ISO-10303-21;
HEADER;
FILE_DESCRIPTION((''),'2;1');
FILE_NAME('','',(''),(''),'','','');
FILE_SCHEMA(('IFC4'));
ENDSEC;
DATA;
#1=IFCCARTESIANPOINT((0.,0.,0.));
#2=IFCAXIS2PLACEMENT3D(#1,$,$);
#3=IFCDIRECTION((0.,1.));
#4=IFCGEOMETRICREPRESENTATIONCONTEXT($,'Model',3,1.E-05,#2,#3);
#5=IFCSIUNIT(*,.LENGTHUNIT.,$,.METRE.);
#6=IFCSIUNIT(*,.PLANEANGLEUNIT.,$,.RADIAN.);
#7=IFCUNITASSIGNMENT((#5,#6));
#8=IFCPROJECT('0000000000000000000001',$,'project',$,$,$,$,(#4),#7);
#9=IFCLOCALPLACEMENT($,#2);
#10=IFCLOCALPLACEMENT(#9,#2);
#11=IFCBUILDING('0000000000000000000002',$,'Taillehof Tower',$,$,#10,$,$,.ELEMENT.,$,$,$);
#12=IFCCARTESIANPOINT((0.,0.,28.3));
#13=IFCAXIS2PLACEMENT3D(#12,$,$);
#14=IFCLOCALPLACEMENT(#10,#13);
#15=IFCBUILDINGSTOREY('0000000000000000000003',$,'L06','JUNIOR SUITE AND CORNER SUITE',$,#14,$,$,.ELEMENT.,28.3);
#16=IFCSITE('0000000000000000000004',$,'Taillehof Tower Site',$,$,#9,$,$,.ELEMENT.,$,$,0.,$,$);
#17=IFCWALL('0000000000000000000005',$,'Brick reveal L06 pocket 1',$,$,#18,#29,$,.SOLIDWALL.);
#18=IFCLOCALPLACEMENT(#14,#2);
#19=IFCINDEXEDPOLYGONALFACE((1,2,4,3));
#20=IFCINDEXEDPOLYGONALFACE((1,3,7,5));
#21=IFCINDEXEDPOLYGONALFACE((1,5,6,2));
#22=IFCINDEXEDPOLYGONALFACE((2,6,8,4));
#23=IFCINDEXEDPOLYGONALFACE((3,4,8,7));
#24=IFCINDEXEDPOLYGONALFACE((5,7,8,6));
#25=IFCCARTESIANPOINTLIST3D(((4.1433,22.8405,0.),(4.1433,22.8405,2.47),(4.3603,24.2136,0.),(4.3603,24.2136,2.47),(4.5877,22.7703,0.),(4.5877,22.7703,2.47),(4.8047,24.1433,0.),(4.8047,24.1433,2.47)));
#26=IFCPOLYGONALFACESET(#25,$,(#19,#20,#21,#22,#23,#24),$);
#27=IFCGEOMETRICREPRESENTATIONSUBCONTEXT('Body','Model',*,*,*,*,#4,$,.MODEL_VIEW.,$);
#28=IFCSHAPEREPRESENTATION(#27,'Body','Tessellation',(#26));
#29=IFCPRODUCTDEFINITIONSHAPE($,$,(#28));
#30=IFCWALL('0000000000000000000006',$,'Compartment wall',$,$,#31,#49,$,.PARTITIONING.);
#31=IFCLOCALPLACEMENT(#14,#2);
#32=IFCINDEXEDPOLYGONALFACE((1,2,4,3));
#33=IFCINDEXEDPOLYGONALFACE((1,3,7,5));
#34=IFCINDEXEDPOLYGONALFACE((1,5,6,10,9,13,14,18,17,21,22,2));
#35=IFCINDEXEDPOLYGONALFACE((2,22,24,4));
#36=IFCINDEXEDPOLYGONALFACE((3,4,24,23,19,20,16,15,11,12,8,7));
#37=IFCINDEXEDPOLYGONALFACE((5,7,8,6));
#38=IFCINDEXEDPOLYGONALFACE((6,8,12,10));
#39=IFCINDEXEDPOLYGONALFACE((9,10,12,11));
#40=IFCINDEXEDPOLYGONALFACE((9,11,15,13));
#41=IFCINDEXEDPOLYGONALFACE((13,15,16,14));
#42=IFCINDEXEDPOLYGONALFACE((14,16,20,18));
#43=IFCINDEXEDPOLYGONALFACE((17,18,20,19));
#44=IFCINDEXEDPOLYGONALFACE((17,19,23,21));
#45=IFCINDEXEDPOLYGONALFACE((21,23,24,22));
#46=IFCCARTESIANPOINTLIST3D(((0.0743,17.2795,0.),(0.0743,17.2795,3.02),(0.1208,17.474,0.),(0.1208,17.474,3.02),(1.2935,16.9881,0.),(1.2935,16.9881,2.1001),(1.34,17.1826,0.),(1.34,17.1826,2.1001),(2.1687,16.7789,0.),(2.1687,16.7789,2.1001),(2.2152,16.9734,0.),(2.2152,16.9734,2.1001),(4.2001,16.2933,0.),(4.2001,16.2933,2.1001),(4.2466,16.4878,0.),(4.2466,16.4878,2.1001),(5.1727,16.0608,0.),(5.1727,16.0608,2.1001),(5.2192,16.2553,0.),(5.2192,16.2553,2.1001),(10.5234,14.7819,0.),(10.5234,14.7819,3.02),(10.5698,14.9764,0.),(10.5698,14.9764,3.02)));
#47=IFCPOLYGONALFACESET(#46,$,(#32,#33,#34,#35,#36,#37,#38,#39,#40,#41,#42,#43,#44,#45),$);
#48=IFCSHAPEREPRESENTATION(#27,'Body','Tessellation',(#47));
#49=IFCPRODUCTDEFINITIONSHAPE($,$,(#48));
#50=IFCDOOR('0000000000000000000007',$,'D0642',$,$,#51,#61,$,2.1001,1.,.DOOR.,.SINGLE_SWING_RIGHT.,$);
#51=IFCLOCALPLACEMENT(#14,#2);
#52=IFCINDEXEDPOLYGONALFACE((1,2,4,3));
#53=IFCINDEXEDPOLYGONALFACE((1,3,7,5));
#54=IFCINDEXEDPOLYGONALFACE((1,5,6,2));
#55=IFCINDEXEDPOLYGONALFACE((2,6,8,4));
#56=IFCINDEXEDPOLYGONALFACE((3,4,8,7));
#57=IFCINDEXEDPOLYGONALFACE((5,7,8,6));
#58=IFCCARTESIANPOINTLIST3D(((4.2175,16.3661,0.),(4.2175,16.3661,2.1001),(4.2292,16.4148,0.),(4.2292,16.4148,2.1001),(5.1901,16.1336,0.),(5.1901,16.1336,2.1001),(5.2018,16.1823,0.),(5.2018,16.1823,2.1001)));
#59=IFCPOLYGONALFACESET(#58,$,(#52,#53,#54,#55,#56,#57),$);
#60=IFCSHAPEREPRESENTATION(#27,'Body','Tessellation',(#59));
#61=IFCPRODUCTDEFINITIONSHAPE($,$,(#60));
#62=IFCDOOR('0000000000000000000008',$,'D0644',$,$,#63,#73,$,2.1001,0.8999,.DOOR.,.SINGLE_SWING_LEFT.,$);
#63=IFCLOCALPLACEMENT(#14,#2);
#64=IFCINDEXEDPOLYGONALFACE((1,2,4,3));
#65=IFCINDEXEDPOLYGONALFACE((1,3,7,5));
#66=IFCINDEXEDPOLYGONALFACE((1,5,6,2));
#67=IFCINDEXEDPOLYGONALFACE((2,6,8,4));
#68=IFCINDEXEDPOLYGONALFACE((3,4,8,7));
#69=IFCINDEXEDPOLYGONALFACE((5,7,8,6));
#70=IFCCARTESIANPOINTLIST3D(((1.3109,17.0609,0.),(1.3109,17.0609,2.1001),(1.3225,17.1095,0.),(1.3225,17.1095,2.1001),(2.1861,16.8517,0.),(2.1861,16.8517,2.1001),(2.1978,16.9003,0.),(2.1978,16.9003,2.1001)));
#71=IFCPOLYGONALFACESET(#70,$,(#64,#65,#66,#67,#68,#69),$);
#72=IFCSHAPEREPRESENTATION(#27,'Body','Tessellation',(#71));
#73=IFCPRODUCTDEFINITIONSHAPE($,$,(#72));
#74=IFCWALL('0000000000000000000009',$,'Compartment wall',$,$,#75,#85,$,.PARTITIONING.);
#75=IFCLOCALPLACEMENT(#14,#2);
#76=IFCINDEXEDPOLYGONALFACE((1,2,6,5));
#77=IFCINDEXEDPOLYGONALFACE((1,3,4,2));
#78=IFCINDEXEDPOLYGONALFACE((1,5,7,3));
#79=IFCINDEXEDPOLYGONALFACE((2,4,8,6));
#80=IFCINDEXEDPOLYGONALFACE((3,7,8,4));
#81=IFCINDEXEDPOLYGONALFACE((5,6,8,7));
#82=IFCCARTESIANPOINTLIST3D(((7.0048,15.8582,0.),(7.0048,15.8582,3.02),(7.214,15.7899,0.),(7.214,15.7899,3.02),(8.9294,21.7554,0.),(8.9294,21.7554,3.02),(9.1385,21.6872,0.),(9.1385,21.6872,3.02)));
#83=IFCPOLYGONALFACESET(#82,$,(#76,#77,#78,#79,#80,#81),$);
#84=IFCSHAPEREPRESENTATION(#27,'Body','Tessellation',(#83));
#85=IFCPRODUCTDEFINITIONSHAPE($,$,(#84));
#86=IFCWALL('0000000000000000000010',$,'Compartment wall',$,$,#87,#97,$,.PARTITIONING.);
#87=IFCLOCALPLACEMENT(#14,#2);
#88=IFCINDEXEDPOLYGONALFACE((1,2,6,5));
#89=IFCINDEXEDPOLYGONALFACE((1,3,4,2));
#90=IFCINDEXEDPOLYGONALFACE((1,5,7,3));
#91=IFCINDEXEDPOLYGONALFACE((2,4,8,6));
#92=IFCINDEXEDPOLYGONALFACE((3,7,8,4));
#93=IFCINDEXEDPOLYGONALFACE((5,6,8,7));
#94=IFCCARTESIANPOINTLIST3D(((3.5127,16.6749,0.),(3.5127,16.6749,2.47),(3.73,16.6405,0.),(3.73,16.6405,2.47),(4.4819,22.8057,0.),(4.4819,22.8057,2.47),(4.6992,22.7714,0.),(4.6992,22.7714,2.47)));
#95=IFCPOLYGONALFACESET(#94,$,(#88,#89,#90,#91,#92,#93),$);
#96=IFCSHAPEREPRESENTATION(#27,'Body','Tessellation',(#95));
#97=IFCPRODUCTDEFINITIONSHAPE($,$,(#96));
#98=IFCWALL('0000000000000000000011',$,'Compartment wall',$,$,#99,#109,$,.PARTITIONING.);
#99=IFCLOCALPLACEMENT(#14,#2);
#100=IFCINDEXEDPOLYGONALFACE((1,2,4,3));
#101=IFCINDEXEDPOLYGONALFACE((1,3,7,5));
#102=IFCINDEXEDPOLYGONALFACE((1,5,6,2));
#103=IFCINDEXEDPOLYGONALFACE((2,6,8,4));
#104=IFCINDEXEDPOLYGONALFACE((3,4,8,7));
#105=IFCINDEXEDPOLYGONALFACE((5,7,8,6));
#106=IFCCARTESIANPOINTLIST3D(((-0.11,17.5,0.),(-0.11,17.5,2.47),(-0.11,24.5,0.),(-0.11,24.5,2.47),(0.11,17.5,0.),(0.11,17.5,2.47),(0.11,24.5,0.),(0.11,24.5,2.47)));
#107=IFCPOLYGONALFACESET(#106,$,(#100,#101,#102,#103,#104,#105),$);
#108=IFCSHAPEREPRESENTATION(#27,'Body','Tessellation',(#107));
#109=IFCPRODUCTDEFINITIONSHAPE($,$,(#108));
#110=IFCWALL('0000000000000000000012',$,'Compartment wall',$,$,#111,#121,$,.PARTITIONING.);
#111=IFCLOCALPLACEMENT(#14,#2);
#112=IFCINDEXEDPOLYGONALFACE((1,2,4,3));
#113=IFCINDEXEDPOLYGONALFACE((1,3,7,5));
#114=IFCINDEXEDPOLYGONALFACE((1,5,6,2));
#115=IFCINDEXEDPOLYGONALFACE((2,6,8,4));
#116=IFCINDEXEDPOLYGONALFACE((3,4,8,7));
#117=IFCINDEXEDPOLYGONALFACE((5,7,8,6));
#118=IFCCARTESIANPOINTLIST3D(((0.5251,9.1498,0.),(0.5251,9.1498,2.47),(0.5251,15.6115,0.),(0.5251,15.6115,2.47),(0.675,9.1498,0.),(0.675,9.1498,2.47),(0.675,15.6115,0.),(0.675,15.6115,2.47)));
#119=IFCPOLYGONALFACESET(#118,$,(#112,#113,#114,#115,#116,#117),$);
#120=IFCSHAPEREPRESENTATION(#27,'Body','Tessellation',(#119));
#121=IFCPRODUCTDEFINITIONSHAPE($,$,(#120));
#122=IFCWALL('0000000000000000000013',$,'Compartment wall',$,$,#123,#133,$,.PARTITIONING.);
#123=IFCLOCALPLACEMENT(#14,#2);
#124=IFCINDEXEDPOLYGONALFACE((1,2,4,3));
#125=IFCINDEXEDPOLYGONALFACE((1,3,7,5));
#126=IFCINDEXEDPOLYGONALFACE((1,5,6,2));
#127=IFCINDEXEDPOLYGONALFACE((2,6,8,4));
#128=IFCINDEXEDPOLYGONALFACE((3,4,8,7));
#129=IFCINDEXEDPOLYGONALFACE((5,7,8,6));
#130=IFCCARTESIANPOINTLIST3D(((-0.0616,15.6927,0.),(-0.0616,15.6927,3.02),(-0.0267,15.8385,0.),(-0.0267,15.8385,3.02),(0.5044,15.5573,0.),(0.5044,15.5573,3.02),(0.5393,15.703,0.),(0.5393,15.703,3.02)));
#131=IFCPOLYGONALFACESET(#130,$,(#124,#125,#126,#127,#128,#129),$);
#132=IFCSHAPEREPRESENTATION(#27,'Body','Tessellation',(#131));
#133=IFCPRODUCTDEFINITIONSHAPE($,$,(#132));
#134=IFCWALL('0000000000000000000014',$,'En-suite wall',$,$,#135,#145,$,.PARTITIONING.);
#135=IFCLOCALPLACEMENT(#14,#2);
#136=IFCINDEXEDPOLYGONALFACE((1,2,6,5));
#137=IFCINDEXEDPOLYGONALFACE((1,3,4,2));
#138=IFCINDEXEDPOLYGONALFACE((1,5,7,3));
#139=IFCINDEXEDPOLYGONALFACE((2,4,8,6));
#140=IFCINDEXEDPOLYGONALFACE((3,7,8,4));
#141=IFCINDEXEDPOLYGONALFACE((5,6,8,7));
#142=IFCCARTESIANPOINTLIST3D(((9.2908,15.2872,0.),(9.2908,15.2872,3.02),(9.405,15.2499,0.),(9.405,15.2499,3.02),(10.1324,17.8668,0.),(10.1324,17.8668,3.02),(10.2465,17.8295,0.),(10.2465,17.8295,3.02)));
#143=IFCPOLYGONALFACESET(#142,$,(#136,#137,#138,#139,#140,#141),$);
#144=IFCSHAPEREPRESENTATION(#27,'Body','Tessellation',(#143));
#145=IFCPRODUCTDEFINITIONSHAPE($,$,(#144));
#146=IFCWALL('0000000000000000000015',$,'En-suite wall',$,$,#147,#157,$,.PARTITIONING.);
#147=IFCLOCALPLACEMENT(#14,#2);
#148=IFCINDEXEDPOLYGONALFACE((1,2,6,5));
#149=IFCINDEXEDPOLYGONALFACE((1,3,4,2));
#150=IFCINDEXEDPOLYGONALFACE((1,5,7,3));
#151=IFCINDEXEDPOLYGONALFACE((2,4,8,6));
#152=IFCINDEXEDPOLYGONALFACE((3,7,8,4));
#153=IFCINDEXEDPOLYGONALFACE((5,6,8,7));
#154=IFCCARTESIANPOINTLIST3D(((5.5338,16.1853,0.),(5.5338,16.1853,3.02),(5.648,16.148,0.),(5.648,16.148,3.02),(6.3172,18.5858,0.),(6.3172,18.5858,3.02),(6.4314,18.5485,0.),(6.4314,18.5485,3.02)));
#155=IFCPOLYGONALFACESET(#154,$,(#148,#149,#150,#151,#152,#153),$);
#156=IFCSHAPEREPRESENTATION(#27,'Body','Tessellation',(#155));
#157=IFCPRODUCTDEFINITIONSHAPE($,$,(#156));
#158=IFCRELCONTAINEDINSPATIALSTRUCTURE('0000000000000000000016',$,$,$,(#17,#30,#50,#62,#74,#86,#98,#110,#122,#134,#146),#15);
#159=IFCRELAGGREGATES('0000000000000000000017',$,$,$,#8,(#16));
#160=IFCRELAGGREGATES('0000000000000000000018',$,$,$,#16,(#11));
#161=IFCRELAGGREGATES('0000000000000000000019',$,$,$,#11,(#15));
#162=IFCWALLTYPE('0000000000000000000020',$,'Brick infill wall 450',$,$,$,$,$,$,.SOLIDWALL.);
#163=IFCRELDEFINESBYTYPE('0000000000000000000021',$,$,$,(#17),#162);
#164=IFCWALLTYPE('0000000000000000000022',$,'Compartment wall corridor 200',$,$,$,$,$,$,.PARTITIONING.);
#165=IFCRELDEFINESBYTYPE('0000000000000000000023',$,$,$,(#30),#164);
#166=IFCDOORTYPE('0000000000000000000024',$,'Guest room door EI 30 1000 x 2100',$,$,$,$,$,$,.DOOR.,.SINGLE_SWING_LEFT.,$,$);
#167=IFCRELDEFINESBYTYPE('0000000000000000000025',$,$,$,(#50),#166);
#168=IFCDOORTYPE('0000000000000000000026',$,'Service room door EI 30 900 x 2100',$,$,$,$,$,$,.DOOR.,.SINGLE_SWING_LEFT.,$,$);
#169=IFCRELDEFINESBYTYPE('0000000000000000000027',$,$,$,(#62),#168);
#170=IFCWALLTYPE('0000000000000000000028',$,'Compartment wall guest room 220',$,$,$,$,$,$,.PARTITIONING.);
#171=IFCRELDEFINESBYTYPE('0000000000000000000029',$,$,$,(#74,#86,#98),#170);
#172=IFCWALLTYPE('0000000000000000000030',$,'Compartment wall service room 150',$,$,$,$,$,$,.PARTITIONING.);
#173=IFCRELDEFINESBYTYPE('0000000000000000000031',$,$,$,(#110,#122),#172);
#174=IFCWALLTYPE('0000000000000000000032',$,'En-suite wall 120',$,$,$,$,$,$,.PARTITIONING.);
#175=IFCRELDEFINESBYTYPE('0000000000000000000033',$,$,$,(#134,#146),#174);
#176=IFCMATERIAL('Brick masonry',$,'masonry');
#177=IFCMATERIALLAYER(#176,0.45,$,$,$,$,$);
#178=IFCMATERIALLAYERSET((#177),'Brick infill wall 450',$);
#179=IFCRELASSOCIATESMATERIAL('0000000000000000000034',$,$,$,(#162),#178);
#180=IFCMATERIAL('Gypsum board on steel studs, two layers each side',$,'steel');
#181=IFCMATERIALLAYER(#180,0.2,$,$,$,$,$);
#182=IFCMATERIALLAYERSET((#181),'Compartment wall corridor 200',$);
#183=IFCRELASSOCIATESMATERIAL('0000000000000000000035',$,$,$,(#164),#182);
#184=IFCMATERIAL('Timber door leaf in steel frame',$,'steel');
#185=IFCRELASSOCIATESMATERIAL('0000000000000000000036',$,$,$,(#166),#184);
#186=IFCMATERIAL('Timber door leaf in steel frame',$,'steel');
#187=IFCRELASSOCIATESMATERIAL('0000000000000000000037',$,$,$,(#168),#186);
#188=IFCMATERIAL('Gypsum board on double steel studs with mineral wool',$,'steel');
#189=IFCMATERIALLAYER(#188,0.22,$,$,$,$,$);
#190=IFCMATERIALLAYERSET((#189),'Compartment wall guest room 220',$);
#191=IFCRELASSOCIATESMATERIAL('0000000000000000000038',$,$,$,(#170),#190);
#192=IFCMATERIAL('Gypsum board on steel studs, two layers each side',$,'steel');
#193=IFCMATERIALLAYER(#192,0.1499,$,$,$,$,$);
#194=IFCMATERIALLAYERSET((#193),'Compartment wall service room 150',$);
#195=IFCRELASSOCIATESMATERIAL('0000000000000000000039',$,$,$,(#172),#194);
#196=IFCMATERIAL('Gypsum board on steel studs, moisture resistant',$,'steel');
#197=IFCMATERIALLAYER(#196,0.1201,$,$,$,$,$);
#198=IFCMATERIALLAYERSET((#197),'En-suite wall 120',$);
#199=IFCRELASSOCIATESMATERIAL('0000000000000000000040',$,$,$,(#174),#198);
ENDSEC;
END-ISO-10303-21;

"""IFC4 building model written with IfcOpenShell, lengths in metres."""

from ifc_helpers import new_model, si_unit, direction, frame, frame_2d, origin, place, context, subcontext, project, spatial, rectangle, extrude, material, layer, layer_set, type_object, element, fill, save


model = new_model("IFC4")

# Units and contexts
model_context = context("Model", 3, precision=1e-05, world=origin(), true_north=direction((0.0, 1.0)))
body_context = subcontext(model_context, "Body", "Model", "MODEL_VIEW")
ifc_project = project(units=[si_unit("LENGTHUNIT", "METRE"), si_unit("PLANEANGLEUNIT", "RADIAN")], contexts=[model_context])

# Site, building, storey
site_placement = place(None, origin())
site = spatial("IfcSite", under=ifc_project, at=site_placement, Name="Taillehof Tower Site", CompositionType="ELEMENT", RefElevation=0.0)
building_placement = place(site_placement, origin())
building = spatial("IfcBuilding", under=site, at=building_placement, Name="Taillehof Tower", CompositionType="ELEMENT")
storey_placement = place(building_placement, frame((0.0, 0.0, 28.3)))
storey = spatial("IfcBuildingStorey", under=building, at=storey_placement, Name="L06", Description="JUNIOR SUITE AND CORNER SUITE", CompositionType="ELEMENT", Elevation=28.3)

# Shared definitions
ifc_material_1 = material(Name="Brick masonry", Category="masonry")
ifc_layer_1 = layer(ifc_material_1, 0.45)
ifc_layer_set_1 = layer_set([ifc_layer_1], Name="Brick infill wall 450")
wall_type_1 = type_object("IfcWallType", Name="Brick infill wall 450", PredefinedType="SOLIDWALL", material=ifc_layer_set_1)

# Wall
wall_1_placement = place(storey_placement, frame((4.5825, 24.1785, 0.0), z_axis=(0.0, 0.0, 1.0), x_axis=(-0.156134, -0.987736, 0.0)))
element("IfcWall", 1, at=wall_1_placement, inside=storey, type_object=wall_type_1, Name="Brick reveal L06 pocket 1", PredefinedType="SOLIDWALL", context=body_context, shape_type="SweptSolid", body=[
    extrude(rectangle(XDim=1.3901, YDim=0.45, at=frame_2d((0.6951, 0.0))), origin(), (0.0, 0.0, 1.0), 2.47),
])

# Wall, openings, doors
ifc_material_2 = material(Name="Gypsum board on steel studs, two layers each side", Category="steel")
ifc_layer_2 = layer(ifc_material_2, 0.2)
ifc_layer_set_2 = layer_set([ifc_layer_2], Name="Compartment wall corridor 200")
wall_type_2 = type_object("IfcWallType", Name="Compartment wall corridor 200", PredefinedType="PARTITIONING", material=ifc_layer_set_2)
wall_2_placement = place(storey_placement, frame((0.0977, 17.3767, 0.0), z_axis=(0.0, 0.0, 1.0), x_axis=(0.972602, -0.232476, 0.0)))
wall_2 = element("IfcWall", 2, at=wall_2_placement, inside=storey, type_object=wall_type_2, Name="Compartment wall", PredefinedType="PARTITIONING", context=body_context, shape_type="SweptSolid", body=[
    extrude(rectangle(XDim=10.7434, YDim=0.2, at=frame_2d((5.3716, 0.0))), origin(), (0.0, 0.0, 1.0), 3.02),
])
opening_1_placement = place(wall_2_placement, frame((4.2419, 0.0, 0.0)))
opening_1 = element("IfcOpeningElement", 3, at=opening_1_placement, cuts=wall_2, PredefinedType="OPENING", context=body_context, shape_type="SweptSolid", body=[
    extrude(rectangle(XDim=1.0, YDim=2.1001, at=frame_2d((0.5, 1.05))), frame((0.0, 0.1099, 0.0), z_axis=(0.0, -1.0, 0.0), x_axis=(1.0, 0.0, 0.0)), (0.0, 0.0, 1.0), 0.22),
])
opening_2_placement = place(wall_2_placement, frame((1.2534, 0.0, 0.0)))
opening_2 = element("IfcOpeningElement", 4, at=opening_2_placement, cuts=wall_2, PredefinedType="OPENING", context=body_context, shape_type="SweptSolid", body=[
    extrude(rectangle(XDim=0.8999, YDim=2.1001, at=frame_2d((0.45, 1.05))), frame((0.0, 0.1099, 0.0), z_axis=(0.0, -1.0, 0.0), x_axis=(1.0, 0.0, 0.0)), (0.0, 0.0, 1.0), 0.22),
])
ifc_material_3 = material(Name="Timber door leaf in steel frame", Category="steel")
door_type_1 = type_object("IfcDoorType", Name="Guest room door EI 30 1000 x 2100", OperationType="SINGLE_SWING_LEFT", PredefinedType="DOOR", material=ifc_material_3)
door_1_placement = place(opening_1_placement, origin())
door_1 = element("IfcDoor", 5, at=door_1_placement, inside=storey, type_object=door_type_1, Name="D0642", OperationType="SINGLE_SWING_RIGHT", OverallHeight=2.1001, OverallWidth=1.0, PredefinedType="DOOR", context=body_context, shape_type="SweptSolid", body=[
    extrude(rectangle(XDim=1.0, YDim=2.1001, at=frame_2d((0.5, 1.05))), frame((0.0, 0.0249, 0.0), z_axis=(0.0, -1.0, 0.0), x_axis=(1.0, 0.0, 0.0)), (0.0, 0.0, 1.0), 0.05),
])
fill(opening_1, door_1)
ifc_material_4 = material(Name="Timber door leaf in steel frame", Category="steel")
door_type_2 = type_object("IfcDoorType", Name="Service room door EI 30 900 x 2100", OperationType="SINGLE_SWING_LEFT", PredefinedType="DOOR", material=ifc_material_4)
door_2_placement = place(opening_2_placement, origin())
door_2 = element("IfcDoor", 6, at=door_2_placement, inside=storey, type_object=door_type_2, Name="D0644", OperationType="SINGLE_SWING_LEFT", OverallHeight=2.1001, OverallWidth=0.8999, PredefinedType="DOOR", context=body_context, shape_type="SweptSolid", body=[
    extrude(rectangle(XDim=0.8999, YDim=2.1001, at=frame_2d((0.45, 1.05))), frame((0.0, 0.0249, 0.0), z_axis=(0.0, -1.0, 0.0), x_axis=(1.0, 0.0, 0.0)), (0.0, 0.0, 1.0), 0.05),
])
fill(opening_2, door_2)

# Walls
ifc_material_5 = material(Name="Gypsum board on double steel studs with mineral wool", Category="steel")
ifc_layer_3 = layer(ifc_material_5, 0.22)
ifc_layer_set_3 = layer_set([ifc_layer_3], Name="Compartment wall guest room 220")
wall_type_3 = type_object("IfcWallType", Name="Compartment wall guest room 220", PredefinedType="PARTITIONING", material=ifc_layer_set_3)
wall_3_placement = place(storey_placement, frame((9.0339, 21.7212, 0.0), z_axis=(0.0, 0.0, 1.0), x_axis=(-0.310247, -0.950656, 0.0)))
element("IfcWall", 7, at=wall_3_placement, inside=storey, type_object=wall_type_3, Name="Compartment wall", PredefinedType="PARTITIONING", context=body_context, shape_type="SweptSolid", body=[
    extrude(rectangle(XDim=6.2034, YDim=0.22, at=frame_2d((3.1016, 0.0))), origin(), (0.0, 0.0, 1.0), 3.02),
])
wall_4_placement = place(storey_placement, frame((4.5906, 22.7886, 0.0), z_axis=(0.0, 0.0, 1.0), x_axis=(-0.156152, -0.987733, 0.0)))
element("IfcWall", 8, at=wall_4_placement, inside=storey, type_object=wall_type_3, Name="Compartment wall", PredefinedType="PARTITIONING", context=body_context, shape_type="SweptSolid", body=[
    extrude(rectangle(XDim=6.207, YDim=0.22, at=frame_2d((3.1035, 0.0))), origin(), (0.0, 0.0, 1.0), 2.47),
])
wall_5_placement = place(storey_placement, frame((0.0, 24.5, 0.0), z_axis=(0.0, 0.0, 1.0), x_axis=(0.0, -1.0, 0.0)))
element("IfcWall", 9, at=wall_5_placement, inside=storey, type_object=wall_type_3, Name="Compartment wall", PredefinedType="PARTITIONING", context=body_context, shape_type="SweptSolid", body=[
    extrude(rectangle(XDim=7.0, YDim=0.22, at=frame_2d((3.5, 0.0))), origin(), (0.0, 0.0, 1.0), 2.47),
])
ifc_material_6 = material(Name="Gypsum board on steel studs, two layers each side", Category="steel")
ifc_layer_4 = layer(ifc_material_6, 0.1499)
ifc_layer_set_4 = layer_set([ifc_layer_4], Name="Compartment wall service room 150")
wall_type_4 = type_object("IfcWallType", Name="Compartment wall service room 150", PredefinedType="PARTITIONING", material=ifc_layer_set_4)
wall_6_placement = place(storey_placement, frame((0.6001, 15.6116, 0.0), z_axis=(0.0, 0.0, 1.0), x_axis=(0.0, -1.0, 0.0)))
element("IfcWall", 10, at=wall_6_placement, inside=storey, type_object=wall_type_4, Name="Compartment wall", PredefinedType="PARTITIONING", context=body_context, shape_type="SweptSolid", body=[
    extrude(rectangle(XDim=6.4617, YDim=0.1499, at=frame_2d((3.231, 0.0))), origin(), (0.0, 0.0, 1.0), 2.47),
])
wall_7_placement = place(storey_placement, frame((-0.0442, 15.7656, 0.0), z_axis=(0.0, 0.0, 1.0), x_axis=(0.972536, -0.232754, 0.0)))
element("IfcWall", 11, at=wall_7_placement, inside=storey, type_object=wall_type_4, Name="Compartment wall", PredefinedType="PARTITIONING", context=body_context, shape_type="SweptSolid", body=[
    extrude(rectangle(XDim=0.582, YDim=0.1499, at=frame_2d((0.291, 0.0))), origin(), (0.0, 0.0, 1.0), 3.02),
])
ifc_material_7 = material(Name="Gypsum board on steel studs, moisture resistant", Category="steel")
ifc_layer_5 = layer(ifc_material_7, 0.1201)
ifc_layer_set_5 = layer_set([ifc_layer_5], Name="En-suite wall 120")
wall_type_5 = type_object("IfcWallType", Name="En-suite wall 120", PredefinedType="PARTITIONING", material=ifc_layer_set_5)
wall_8_placement = place(storey_placement, frame((9.3479, 15.2686, 0.0), z_axis=(0.0, 0.0, 1.0), x_axis=(0.310148, 0.950688, 0.0)))
element("IfcWall", 12, at=wall_8_placement, inside=storey, type_object=wall_type_5, Name="En-suite wall", PredefinedType="PARTITIONING", context=body_context, shape_type="SweptSolid", body=[
    extrude(rectangle(XDim=2.7134, YDim=0.1201, at=frame_2d((1.3567, 0.0))), origin(), (0.0, 0.0, 1.0), 3.02),
])
wall_9_placement = place(storey_placement, frame((5.5908, 16.1665, 0.0), z_axis=(0.0, 0.0, 1.0), x_axis=(0.310247, 0.950656, 0.0)))
element("IfcWall", 13, at=wall_9_placement, inside=storey, type_object=wall_type_5, Name="En-suite wall", PredefinedType="PARTITIONING", context=body_context, shape_type="SweptSolid", body=[
    extrude(rectangle(XDim=2.5251, YDim=0.1201, at=frame_2d((1.2627, 0.0))), origin(), (0.0, 0.0, 1.0), 3.02),
])

save(model, "model.ifc")
